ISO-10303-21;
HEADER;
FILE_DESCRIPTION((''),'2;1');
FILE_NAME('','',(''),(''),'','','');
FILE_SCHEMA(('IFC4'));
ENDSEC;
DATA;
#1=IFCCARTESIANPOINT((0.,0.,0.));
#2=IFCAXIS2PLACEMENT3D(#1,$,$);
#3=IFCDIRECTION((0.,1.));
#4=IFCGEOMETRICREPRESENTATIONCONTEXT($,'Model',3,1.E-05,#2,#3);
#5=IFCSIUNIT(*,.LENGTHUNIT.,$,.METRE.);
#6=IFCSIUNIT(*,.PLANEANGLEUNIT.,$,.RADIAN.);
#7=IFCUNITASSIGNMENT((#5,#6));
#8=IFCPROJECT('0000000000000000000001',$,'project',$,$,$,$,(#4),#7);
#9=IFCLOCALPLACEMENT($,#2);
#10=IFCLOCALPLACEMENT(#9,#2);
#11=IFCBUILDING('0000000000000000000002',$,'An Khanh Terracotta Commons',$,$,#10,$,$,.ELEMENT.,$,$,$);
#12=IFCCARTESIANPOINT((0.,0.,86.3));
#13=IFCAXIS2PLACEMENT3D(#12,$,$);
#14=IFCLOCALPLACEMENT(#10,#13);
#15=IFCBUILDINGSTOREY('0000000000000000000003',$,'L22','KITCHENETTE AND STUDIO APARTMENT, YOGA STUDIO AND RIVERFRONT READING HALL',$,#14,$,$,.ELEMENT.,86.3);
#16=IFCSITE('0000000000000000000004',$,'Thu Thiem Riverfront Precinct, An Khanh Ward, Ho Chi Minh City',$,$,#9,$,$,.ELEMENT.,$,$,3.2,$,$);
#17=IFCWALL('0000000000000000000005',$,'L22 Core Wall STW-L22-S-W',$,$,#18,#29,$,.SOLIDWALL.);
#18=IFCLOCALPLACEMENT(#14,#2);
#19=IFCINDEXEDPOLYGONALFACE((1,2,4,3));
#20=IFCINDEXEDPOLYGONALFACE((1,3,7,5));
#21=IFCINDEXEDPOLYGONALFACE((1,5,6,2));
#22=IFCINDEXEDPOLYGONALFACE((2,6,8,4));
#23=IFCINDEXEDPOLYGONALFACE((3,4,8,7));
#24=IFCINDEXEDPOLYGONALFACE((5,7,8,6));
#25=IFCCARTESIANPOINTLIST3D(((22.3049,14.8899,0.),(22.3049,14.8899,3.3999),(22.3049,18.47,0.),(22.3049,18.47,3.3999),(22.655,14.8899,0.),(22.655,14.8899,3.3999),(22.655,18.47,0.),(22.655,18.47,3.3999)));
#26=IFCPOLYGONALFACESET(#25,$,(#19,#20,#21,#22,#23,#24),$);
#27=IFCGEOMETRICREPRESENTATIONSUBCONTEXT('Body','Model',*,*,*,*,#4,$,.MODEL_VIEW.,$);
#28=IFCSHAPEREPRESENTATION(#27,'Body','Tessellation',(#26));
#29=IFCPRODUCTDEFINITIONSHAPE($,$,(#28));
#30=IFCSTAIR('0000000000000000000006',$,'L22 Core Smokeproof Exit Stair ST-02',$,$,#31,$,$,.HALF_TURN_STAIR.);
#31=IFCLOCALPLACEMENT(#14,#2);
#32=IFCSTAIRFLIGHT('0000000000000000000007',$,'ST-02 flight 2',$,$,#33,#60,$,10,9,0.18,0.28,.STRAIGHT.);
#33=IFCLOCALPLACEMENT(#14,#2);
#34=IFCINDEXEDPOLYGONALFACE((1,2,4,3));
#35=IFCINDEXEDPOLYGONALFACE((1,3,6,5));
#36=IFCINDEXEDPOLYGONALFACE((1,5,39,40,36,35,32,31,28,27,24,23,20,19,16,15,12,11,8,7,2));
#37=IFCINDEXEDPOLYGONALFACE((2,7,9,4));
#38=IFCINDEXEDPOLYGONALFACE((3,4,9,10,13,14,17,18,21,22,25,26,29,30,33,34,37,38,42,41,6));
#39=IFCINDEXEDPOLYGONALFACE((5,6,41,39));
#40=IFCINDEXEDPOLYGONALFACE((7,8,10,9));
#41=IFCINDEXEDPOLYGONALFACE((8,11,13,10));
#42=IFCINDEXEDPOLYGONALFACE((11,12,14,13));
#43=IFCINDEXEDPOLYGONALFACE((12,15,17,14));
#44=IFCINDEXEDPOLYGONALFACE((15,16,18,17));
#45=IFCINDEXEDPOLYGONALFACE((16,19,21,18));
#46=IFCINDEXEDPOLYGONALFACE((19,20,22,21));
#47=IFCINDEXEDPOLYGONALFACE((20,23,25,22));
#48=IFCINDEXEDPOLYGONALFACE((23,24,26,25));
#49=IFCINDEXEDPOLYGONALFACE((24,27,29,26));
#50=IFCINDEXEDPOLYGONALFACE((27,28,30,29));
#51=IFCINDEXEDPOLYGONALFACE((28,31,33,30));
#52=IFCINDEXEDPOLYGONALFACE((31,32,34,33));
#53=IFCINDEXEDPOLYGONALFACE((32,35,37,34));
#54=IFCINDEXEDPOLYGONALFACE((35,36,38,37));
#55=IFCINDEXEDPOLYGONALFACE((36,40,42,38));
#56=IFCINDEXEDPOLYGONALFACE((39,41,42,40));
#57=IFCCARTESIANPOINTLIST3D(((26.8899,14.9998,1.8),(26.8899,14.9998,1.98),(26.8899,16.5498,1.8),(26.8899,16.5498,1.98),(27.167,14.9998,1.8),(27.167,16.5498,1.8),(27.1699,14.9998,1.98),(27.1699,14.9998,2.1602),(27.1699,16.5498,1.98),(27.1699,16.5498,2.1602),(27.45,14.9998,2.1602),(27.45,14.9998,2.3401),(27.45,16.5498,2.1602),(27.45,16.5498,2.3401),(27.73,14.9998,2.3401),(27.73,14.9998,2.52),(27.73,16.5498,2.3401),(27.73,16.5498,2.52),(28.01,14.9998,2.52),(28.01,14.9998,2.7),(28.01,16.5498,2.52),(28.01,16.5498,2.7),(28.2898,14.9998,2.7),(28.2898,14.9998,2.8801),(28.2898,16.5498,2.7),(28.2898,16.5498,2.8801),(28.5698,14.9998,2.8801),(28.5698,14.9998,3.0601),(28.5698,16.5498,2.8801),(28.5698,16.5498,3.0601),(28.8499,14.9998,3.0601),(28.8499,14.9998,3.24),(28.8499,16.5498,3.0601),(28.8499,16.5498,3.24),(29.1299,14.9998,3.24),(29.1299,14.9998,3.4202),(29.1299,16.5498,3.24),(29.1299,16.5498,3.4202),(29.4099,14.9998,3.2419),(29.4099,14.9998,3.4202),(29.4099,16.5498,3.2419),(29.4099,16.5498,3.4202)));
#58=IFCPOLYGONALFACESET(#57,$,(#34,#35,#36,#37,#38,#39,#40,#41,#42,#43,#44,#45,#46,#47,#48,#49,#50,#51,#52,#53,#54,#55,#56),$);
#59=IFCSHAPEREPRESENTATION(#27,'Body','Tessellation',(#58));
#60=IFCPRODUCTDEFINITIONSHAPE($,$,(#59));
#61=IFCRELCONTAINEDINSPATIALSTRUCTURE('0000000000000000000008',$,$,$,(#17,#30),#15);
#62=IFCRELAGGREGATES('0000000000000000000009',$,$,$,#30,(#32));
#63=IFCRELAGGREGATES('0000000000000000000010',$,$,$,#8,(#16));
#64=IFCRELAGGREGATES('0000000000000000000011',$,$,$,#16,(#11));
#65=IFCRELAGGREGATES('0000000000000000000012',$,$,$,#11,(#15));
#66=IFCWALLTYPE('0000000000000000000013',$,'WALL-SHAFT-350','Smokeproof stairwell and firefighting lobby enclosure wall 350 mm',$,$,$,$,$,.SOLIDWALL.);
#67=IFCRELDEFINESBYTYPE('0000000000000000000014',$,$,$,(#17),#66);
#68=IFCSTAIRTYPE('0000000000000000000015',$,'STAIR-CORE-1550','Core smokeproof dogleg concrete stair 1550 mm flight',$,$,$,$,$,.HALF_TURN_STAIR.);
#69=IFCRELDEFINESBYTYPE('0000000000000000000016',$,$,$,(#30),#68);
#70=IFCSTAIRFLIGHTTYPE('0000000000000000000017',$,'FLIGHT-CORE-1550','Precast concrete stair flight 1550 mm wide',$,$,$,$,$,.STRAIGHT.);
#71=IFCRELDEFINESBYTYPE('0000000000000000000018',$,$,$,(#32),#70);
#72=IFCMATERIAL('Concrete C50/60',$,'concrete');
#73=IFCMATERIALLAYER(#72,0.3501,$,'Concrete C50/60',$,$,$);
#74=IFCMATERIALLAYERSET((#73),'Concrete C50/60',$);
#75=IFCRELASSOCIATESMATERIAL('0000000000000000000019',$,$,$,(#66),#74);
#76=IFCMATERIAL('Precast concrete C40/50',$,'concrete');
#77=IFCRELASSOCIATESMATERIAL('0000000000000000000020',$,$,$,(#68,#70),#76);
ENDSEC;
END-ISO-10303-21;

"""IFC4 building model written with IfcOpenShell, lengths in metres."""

from ifc_helpers import new_model, si_unit, direction, frame, frame_2d, origin, place, context, subcontext, project, spatial, polyline, rectangle, outline, extrude, material, layer, layer_set, type_object, element, aggregate, save


model = new_model("IFC4")

# Units and contexts
model_context = context("Model", 3, precision=1e-05, world=origin(), true_north=direction((0.0, 1.0)))
body_context = subcontext(model_context, "Body", "Model", "MODEL_VIEW")
ifc_project = project(units=[si_unit("LENGTHUNIT", "METRE"), si_unit("PLANEANGLEUNIT", "RADIAN")], contexts=[model_context])

# Site, building, storey
site_placement = place(None, origin())
site = spatial("IfcSite", under=ifc_project, at=site_placement, Name="Thu Thiem Riverfront Precinct, An Khanh Ward, Ho Chi Minh City", CompositionType="ELEMENT", RefElevation=3.2)
building_placement = place(site_placement, origin())
building = spatial("IfcBuilding", under=site, at=building_placement, Name="An Khanh Terracotta Commons", CompositionType="ELEMENT")
storey_placement = place(building_placement, frame((0.0, 0.0, 86.3)))
storey = spatial("IfcBuildingStorey", under=building, at=storey_placement, Name="L22", Description="KITCHENETTE AND STUDIO APARTMENT, YOGA STUDIO AND RIVERFRONT READING HALL", CompositionType="ELEMENT", Elevation=86.3)

# Wall
ifc_material_1 = material(Name="Concrete C50/60", Category="concrete")
ifc_layer_1 = layer(ifc_material_1, 0.3501, Name="Concrete C50/60")
ifc_layer_set_1 = layer_set([ifc_layer_1], Name="Concrete C50/60")
wall_type_1 = type_object("IfcWallType", Name="WALL-SHAFT-350", Description="Smokeproof stairwell and firefighting lobby enclosure wall 350 mm", PredefinedType="SOLIDWALL", material=ifc_layer_set_1)
wall_1_placement = place(storey_placement, frame((22.48, 14.8899, 0.0), z_axis=(0.0, 0.0, 1.0), x_axis=(0.0, 1.0, 0.0)))
element("IfcWall", 1, at=wall_1_placement, inside=storey, type_object=wall_type_1, Name="L22 Core Wall STW-L22-S-W", PredefinedType="SOLIDWALL", context=body_context, shape_type="SweptSolid", body=[
    extrude(rectangle(XDim=3.5801, YDim=0.3501, at=frame_2d((1.79, 0.0))), origin(), (0.0, 0.0, 1.0), 3.3999),
])

# Stair, stair flight
ifc_material_2 = material(Name="Precast concrete C40/50", Category="concrete")
stair_type = type_object("IfcStairType", Name="STAIR-CORE-1550", Description="Core smokeproof dogleg concrete stair 1550 mm flight", PredefinedType="HALF_TURN_STAIR", material=ifc_material_2)
stair_placement = place(storey_placement, origin())
stair = element("IfcStair", 2, at=stair_placement, inside=storey, type_object=stair_type, Name="L22 Core Smokeproof Exit Stair ST-02", PredefinedType="HALF_TURN_STAIR")
stair_flight_type = type_object("IfcStairFlightType", Name="FLIGHT-CORE-1550", Description="Precast concrete stair flight 1550 mm wide", PredefinedType="STRAIGHT", material=ifc_material_2)
stair_flight_placement = place(storey_placement, frame((26.8899, 15.7749, 1.8), z_axis=(0.0, 0.0, 1.0), x_axis=(1.0, 0.0, 0.0)))
stair_flight = element("IfcStairFlight", 3, at=stair_flight_placement, type_object=stair_flight_type, Name="ST-02 flight 2", NumberOfRisers=10, NumberOfTreads=9, PredefinedType="STRAIGHT", RiserHeight=0.18, TreadLength=0.28, context=body_context, shape_type="SweptSolid", body=[
    extrude(outline(polyline([(0.0, 0.0), (0.0, 0.1799), (0.28, 0.1799), (0.28, 0.3601), (0.5601, 0.3601), (0.5601, 0.54), (0.8401, 0.54), (0.8401, 0.72), (1.1201, 0.72), (1.1201, 0.8999), (1.3999, 0.8999), (1.3999, 1.0801), (1.6799, 1.0801), (1.6799, 1.26), (1.96, 1.26), (1.96, 1.4399), (2.24, 1.4399), (2.24, 1.6201), (2.52, 1.6201), (2.52, 1.8), (2.52, 1.4419), (0.2771, 0.0), (0.0, 0.0)])), frame((0.0, 0.7749, 0.0), z_axis=(0.0, -1.0, 0.0), x_axis=(1.0, 0.0, 0.0)), (0.0, 0.0, 1.0), 1.55),
])
aggregate(stair, [stair_flight])

save(model, "model.ifc")
